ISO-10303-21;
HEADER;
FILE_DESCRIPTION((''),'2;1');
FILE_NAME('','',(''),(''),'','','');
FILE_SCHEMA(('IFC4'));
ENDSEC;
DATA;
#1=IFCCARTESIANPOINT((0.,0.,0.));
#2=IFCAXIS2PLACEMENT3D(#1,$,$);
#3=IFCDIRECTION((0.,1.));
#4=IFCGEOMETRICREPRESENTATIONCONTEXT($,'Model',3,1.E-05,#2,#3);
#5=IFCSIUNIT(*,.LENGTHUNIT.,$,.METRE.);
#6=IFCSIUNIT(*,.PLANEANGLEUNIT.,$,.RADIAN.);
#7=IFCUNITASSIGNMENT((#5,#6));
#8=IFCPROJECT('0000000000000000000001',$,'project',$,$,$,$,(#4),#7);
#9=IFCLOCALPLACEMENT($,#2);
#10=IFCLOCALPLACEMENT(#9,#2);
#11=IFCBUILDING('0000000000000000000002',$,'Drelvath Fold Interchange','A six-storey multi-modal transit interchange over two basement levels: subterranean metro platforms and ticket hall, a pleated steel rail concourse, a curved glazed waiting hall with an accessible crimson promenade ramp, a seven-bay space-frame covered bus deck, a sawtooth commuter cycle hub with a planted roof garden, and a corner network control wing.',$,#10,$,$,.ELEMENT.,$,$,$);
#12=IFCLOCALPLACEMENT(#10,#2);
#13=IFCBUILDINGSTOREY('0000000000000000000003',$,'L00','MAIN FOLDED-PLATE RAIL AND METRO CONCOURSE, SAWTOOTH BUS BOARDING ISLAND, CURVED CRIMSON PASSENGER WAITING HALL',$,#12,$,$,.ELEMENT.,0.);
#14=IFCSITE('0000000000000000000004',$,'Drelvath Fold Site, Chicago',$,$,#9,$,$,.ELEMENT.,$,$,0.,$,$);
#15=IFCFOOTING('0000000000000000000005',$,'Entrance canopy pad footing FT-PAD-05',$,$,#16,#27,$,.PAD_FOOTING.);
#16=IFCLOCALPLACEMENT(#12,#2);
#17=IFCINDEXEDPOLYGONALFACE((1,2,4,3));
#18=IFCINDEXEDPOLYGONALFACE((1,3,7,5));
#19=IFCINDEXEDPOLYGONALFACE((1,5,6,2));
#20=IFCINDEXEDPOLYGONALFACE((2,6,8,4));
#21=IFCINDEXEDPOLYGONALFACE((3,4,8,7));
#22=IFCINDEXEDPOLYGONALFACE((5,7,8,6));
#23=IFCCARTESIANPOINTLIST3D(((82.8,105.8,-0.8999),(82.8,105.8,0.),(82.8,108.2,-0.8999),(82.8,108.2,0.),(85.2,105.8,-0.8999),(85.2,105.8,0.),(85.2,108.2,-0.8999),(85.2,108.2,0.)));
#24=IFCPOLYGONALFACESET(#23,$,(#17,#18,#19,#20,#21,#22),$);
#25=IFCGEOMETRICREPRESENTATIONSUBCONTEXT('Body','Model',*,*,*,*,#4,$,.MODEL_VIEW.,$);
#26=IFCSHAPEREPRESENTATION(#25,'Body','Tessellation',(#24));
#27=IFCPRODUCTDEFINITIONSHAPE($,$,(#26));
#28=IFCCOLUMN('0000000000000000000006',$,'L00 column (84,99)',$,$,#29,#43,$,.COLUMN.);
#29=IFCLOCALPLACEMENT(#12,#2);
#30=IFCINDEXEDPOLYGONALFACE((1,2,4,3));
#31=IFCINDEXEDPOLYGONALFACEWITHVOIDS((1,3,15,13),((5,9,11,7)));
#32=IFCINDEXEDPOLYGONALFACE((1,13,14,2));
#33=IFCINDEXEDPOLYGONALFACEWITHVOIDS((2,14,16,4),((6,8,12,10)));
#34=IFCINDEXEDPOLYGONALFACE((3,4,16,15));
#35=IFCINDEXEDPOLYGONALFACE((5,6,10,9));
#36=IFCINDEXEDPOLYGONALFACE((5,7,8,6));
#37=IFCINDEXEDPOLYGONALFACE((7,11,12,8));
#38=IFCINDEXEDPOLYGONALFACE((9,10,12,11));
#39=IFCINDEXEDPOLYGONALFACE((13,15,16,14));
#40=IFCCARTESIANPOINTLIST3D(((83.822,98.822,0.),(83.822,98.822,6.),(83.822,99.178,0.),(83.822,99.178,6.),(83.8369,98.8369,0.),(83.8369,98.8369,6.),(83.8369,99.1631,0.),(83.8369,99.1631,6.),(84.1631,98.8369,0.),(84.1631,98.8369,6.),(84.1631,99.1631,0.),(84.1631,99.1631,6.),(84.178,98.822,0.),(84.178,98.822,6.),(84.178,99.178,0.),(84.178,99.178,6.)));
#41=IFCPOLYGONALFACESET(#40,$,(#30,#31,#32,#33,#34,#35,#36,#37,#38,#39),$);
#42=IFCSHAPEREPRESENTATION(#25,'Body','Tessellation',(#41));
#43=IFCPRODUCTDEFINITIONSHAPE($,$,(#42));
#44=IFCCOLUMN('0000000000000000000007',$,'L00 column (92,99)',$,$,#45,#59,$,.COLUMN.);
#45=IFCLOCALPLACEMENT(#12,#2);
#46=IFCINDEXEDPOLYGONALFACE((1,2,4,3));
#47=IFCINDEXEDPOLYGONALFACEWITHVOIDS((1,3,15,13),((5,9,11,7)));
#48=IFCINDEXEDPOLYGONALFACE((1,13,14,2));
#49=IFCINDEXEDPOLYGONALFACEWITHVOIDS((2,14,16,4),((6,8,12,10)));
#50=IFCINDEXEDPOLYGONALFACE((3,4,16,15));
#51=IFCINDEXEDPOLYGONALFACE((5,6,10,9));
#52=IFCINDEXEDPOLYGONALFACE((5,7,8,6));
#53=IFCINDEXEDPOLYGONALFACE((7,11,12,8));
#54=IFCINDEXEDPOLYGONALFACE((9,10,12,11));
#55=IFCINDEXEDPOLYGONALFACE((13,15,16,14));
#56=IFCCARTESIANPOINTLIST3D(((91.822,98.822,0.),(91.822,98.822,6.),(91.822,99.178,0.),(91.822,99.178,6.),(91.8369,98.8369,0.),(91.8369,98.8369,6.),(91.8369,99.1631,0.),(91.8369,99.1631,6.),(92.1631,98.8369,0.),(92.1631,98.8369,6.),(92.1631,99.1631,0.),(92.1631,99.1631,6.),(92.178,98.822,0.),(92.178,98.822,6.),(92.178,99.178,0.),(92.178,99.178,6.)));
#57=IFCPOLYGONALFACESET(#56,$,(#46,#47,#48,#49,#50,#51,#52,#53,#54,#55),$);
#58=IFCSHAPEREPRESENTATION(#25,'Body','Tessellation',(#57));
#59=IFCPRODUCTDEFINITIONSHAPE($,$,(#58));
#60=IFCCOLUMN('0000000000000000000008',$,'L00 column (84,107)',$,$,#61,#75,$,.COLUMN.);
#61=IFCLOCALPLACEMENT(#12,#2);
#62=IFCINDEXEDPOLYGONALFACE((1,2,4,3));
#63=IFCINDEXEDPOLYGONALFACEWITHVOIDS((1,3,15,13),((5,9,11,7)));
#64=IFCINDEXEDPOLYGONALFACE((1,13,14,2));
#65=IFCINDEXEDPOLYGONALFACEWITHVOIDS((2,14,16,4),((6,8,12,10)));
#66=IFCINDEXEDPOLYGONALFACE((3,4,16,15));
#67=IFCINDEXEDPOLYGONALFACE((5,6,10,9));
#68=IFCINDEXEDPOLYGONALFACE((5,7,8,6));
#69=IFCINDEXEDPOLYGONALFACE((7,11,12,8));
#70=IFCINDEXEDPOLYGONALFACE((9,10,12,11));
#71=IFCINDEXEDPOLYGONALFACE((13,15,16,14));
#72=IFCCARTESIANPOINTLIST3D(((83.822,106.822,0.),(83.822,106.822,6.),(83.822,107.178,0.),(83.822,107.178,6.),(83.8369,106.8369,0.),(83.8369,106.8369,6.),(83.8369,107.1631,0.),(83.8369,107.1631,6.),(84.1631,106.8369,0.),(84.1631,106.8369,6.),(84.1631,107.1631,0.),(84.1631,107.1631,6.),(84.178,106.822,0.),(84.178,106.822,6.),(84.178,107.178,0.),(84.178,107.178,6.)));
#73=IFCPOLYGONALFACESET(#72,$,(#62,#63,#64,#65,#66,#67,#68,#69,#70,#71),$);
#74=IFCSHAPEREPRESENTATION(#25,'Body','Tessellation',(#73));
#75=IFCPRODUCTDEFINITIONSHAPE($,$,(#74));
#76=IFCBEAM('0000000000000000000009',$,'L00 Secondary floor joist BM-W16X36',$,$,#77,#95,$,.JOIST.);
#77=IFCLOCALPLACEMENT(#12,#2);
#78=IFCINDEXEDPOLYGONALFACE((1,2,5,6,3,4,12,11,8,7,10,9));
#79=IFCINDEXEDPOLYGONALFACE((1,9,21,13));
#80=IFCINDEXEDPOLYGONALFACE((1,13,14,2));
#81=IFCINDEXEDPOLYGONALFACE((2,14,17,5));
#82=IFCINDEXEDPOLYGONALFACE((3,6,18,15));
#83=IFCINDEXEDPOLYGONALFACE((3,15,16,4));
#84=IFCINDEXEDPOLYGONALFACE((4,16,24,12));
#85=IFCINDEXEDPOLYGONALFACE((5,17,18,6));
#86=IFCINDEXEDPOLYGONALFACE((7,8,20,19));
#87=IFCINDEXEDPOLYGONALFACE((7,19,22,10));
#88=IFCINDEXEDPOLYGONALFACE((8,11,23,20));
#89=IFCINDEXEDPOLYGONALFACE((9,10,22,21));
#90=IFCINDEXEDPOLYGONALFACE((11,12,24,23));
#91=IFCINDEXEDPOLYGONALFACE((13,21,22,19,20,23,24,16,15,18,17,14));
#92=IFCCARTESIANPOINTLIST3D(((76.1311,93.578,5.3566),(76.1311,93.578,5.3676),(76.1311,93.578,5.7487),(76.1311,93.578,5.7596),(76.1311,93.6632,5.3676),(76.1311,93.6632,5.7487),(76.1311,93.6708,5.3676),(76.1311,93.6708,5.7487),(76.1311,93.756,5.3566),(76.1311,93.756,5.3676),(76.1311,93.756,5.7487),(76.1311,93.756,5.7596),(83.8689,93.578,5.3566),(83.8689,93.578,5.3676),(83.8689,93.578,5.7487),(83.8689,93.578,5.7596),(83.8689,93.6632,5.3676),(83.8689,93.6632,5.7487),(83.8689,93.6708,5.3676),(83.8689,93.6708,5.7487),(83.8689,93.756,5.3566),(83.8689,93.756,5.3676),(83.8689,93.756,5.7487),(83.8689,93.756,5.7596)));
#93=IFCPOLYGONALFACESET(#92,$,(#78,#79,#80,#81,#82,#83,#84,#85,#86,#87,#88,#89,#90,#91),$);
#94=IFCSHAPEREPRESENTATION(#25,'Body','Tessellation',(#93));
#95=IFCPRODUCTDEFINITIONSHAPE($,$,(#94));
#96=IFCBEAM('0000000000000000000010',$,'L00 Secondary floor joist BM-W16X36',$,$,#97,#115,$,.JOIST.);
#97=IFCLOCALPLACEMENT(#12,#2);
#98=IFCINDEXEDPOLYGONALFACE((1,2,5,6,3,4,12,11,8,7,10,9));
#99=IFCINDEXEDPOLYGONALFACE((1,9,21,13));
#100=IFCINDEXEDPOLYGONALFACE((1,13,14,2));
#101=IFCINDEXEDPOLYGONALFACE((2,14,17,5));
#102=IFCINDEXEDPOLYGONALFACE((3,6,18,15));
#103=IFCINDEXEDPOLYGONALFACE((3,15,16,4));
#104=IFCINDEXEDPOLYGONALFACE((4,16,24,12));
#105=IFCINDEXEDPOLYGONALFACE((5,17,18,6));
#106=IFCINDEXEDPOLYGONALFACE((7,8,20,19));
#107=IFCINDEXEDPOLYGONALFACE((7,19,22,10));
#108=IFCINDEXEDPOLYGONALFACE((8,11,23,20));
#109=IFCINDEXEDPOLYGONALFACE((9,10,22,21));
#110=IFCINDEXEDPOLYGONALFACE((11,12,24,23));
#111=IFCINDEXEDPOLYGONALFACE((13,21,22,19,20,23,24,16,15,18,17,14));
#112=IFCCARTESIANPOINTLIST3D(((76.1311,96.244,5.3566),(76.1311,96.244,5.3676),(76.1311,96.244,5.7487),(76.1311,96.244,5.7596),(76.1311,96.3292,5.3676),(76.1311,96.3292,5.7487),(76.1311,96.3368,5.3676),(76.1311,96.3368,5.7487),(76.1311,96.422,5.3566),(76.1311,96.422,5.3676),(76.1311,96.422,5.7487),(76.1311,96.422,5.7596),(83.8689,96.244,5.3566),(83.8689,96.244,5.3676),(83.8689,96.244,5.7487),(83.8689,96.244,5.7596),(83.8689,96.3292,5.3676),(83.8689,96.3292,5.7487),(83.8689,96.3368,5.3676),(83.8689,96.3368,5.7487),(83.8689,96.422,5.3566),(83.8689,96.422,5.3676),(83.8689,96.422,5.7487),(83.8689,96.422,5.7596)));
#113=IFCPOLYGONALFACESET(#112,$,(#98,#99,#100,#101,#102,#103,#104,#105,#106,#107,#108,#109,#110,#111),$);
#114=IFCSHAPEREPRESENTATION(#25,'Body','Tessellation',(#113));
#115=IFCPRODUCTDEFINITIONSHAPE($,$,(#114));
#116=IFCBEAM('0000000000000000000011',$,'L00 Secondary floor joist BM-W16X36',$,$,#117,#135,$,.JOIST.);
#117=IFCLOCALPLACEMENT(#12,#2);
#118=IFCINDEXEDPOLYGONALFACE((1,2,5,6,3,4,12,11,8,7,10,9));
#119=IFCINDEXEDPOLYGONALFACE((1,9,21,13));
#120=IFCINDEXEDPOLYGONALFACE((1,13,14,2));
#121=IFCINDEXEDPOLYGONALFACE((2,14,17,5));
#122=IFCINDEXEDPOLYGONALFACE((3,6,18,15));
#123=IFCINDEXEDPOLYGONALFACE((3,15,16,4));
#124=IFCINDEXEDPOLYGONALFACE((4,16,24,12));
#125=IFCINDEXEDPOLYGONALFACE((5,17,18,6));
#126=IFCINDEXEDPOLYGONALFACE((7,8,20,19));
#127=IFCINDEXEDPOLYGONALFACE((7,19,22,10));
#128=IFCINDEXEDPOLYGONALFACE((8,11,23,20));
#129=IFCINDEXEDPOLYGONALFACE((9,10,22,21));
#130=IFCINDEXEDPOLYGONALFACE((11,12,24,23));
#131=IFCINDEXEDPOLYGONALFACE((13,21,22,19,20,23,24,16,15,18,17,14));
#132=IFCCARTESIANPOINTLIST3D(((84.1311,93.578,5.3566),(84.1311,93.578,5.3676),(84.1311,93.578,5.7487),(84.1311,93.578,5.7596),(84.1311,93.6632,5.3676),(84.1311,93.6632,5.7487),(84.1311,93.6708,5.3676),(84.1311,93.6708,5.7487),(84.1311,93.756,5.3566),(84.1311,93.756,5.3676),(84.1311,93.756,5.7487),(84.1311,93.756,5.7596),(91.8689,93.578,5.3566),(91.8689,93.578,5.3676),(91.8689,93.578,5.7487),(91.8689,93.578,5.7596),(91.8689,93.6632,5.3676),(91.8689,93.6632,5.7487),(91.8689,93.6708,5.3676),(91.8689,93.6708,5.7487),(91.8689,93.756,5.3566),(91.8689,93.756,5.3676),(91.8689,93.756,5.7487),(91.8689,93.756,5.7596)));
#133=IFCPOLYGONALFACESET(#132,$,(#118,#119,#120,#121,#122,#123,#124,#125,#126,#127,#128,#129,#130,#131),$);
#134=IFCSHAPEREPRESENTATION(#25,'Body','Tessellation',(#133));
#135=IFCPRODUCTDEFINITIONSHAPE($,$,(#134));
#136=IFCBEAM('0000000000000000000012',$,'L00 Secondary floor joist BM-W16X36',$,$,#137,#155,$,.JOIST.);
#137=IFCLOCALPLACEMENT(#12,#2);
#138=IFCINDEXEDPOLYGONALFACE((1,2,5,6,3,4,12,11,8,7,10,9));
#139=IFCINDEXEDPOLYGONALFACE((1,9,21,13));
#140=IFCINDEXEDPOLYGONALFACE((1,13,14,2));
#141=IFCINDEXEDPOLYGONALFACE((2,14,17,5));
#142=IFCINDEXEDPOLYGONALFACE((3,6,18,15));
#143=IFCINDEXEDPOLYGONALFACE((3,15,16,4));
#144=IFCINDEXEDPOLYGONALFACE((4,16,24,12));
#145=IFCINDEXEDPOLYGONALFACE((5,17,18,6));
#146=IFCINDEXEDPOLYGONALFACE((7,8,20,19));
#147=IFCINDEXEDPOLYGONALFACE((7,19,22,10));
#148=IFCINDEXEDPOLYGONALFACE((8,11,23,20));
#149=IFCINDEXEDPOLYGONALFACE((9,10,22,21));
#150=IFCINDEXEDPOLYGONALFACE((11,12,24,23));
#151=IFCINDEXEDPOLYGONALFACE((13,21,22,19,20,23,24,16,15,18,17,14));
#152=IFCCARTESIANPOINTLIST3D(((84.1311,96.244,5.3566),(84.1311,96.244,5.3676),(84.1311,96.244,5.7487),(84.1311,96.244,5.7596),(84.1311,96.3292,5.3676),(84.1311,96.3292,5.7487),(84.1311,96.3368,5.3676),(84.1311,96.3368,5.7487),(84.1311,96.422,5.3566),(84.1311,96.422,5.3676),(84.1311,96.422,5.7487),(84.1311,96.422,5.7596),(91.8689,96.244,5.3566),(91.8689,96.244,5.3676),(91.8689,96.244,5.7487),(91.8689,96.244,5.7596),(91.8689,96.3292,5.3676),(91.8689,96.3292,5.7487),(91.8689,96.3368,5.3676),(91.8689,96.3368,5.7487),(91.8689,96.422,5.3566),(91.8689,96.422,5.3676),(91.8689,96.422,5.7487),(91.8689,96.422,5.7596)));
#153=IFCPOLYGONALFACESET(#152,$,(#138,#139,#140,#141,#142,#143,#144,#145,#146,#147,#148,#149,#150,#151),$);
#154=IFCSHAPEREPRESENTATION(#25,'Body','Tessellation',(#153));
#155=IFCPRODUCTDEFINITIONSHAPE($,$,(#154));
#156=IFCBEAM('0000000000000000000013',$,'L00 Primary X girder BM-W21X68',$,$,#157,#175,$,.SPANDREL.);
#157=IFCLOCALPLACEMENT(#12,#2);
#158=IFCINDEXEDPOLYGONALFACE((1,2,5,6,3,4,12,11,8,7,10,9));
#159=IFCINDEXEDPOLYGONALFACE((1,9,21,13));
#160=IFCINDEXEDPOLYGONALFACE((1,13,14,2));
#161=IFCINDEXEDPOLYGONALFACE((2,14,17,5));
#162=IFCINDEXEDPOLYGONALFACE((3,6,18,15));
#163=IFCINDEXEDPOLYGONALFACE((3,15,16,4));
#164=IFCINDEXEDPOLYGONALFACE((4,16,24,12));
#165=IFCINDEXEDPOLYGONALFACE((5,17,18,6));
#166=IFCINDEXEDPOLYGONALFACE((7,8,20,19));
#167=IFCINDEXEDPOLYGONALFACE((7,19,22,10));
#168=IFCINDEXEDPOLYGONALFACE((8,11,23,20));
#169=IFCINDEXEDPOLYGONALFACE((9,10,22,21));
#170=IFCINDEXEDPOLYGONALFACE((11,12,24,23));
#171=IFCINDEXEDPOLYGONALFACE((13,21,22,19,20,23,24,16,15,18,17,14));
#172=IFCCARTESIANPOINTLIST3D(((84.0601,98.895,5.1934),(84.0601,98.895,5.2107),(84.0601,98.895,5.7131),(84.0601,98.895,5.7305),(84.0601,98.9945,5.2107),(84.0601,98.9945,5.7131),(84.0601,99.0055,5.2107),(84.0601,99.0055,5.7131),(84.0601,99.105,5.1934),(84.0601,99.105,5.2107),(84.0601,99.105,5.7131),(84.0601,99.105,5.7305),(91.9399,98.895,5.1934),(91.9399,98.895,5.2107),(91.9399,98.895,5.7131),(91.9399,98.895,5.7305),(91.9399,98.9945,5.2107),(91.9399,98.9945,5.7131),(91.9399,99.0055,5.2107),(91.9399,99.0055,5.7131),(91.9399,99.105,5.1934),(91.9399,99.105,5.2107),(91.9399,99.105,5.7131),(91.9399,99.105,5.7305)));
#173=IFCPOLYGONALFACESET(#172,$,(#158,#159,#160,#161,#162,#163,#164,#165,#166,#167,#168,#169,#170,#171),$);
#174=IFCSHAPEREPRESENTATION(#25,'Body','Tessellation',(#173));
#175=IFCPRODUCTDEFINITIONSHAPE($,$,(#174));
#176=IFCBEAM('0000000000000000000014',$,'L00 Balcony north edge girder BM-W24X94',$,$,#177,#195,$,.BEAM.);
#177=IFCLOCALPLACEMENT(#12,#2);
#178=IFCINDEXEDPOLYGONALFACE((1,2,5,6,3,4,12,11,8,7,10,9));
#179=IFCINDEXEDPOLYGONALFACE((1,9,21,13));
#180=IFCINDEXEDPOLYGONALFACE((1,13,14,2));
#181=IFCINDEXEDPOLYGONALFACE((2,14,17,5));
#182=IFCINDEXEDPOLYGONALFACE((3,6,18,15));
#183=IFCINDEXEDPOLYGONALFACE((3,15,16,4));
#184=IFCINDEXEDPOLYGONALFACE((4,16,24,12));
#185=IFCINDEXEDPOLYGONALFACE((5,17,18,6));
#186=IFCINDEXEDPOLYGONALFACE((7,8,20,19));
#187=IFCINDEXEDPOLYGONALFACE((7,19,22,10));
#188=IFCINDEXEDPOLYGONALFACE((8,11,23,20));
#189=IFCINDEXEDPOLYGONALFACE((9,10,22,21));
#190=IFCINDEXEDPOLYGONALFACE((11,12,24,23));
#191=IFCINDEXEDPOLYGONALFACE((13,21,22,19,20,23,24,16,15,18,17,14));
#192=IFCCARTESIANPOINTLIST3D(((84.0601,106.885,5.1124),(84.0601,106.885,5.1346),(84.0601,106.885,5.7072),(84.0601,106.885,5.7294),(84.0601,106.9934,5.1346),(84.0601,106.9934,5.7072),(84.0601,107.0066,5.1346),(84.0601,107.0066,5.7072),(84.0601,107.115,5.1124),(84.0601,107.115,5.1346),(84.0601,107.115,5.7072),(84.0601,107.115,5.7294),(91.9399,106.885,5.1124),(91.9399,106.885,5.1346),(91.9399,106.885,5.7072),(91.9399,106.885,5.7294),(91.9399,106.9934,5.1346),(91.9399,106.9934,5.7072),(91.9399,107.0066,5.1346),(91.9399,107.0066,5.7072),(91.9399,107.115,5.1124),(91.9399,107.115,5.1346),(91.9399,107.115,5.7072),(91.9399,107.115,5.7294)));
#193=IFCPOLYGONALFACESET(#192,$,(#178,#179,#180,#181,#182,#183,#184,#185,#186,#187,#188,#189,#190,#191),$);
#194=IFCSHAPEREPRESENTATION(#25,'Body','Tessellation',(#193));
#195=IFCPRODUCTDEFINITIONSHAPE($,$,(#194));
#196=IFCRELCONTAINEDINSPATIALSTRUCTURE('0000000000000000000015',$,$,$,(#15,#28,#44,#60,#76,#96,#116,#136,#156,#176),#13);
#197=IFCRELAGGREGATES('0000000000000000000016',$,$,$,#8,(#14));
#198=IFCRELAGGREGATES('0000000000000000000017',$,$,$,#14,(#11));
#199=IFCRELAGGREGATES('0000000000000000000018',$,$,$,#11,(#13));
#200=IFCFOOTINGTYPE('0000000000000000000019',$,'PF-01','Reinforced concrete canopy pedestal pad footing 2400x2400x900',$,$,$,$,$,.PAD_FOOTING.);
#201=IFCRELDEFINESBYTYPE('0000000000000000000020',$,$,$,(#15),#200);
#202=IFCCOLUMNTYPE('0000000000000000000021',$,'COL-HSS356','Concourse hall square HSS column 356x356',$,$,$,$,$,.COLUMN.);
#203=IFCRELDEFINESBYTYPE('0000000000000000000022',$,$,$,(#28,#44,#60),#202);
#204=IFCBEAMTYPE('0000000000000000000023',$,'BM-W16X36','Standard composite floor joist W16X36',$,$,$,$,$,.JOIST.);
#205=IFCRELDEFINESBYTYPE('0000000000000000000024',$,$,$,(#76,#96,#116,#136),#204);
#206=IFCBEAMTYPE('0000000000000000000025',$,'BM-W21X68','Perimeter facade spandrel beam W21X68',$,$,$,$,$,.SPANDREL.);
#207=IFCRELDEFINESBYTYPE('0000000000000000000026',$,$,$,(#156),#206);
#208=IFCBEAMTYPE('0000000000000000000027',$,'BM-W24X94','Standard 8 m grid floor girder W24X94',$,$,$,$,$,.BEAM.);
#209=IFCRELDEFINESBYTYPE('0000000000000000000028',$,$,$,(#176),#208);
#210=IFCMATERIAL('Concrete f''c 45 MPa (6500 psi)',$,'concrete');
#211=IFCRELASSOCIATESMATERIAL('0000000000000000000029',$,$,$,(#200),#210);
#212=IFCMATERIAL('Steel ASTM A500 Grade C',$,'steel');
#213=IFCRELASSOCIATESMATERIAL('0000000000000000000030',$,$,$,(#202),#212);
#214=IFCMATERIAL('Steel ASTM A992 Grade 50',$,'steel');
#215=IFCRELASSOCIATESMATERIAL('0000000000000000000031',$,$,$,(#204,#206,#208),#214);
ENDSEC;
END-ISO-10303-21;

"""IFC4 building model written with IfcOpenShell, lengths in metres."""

from ifc_helpers import new_model, si_unit, direction, frame, origin, origin_2d, place, context, subcontext, project, spatial, rectangle, hollow_rectangle, i_section, extrude, material, material_profile, profile_set, type_object, element, save


model = new_model("IFC4")

# Units and contexts
model_context = context("Model", 3, precision=1e-05, world=origin(), true_north=direction((0.0, 1.0)))
body_context = subcontext(model_context, "Body", "Model", "MODEL_VIEW")
ifc_project = project(units=[si_unit("LENGTHUNIT", "METRE"), si_unit("PLANEANGLEUNIT", "RADIAN")], contexts=[model_context])

# Site, building, storey
site_placement = place(None, origin())
site = spatial("IfcSite", under=ifc_project, at=site_placement, Name="Drelvath Fold Site, Chicago", CompositionType="ELEMENT", RefElevation=0.0)
building_placement = place(site_placement, origin())
building = spatial("IfcBuilding", under=site, at=building_placement, Name="Drelvath Fold Interchange", Description="A six-storey multi-modal transit interchange over two basement levels: subterranean metro platforms and ticket hall, a pleated steel rail concourse, a curved glazed waiting hall with an accessible crimson promenade ramp, a seven-bay space-frame covered bus deck, a sawtooth commuter cycle hub with a planted roof garden, and a corner network control wing.", CompositionType="ELEMENT")
storey_placement = place(building_placement, origin())
storey = spatial("IfcBuildingStorey", under=building, at=storey_placement, Name="L00", Description="MAIN FOLDED-PLATE RAIL AND METRO CONCOURSE, SAWTOOTH BUS BOARDING ISLAND, CURVED CRIMSON PASSENGER WAITING HALL", CompositionType="ELEMENT", Elevation=0.0)

# Footing
ifc_material_1 = material(Name="Concrete f'c 45 MPa (6500 psi)", Category="concrete")
footing_type = type_object("IfcFootingType", Name="PF-01", Description="Reinforced concrete canopy pedestal pad footing 2400x2400x900", PredefinedType="PAD_FOOTING", material=ifc_material_1)
footing_placement = place(storey_placement, frame((84.0, 107.0, -0.8999), z_axis=(0.0, 0.0, 1.0), x_axis=(1.0, 0.0, 0.0)))
element("IfcFooting", 1, at=footing_placement, inside=storey, type_object=footing_type, Name="Entrance canopy pad footing FT-PAD-05", PredefinedType="PAD_FOOTING", context=body_context, shape_type="SweptSolid", body=[
    extrude(rectangle(XDim=2.3999, YDim=2.3999, at=origin_2d()), origin(), (0.0, 0.0, 1.0), 0.8999),
])

# Columns
ifc_material_2 = material(Name="Steel ASTM A500 Grade C", Category="steel")
ifc_material_profile_1 = material_profile(ifc_material_2, hollow_rectangle(XDim=0.356, YDim=0.356, WallThickness=0.0149, at=origin_2d()), Name="HSS14X14X5/8")
ifc_profile_set_1 = profile_set([ifc_material_profile_1], Name="Steel ASTM A500 Grade C")
column_type = type_object("IfcColumnType", Name="COL-HSS356", Description="Concourse hall square HSS column 356x356", PredefinedType="COLUMN", material=ifc_profile_set_1)
for number, where, z_axis, x_axis, name in (
    (2, (84.0, 99.0, 0.0), (0.0, 0.0, 1.0), (1.0, 0.0, 0.0), "L00 column (84,99)"),
    (3, (92.0, 99.0, 0.0), (0.0, 0.0, 1.0), (1.0, 0.0, 0.0), "L00 column (92,99)"),
    (4, (84.0, 107.0, 0.0), (0.0, 0.0, 1.0), (1.0, 0.0, 0.0), "L00 column (84,107)"),
):
    element("IfcColumn", number, at=place(storey_placement, frame(where, z_axis=z_axis, x_axis=x_axis)), inside=storey, type_object=column_type, Name=name, PredefinedType="COLUMN", context=body_context, shape_type="SweptSolid", body=[
        extrude(hollow_rectangle(XDim=0.356, YDim=0.356, WallThickness=0.0149, at=origin_2d()), origin(), (0.0, 0.0, 1.0), 6.0),
    ])

# Beams
ifc_material_3 = material(Name="Steel ASTM A992 Grade 50", Category="steel")
ifc_material_profile_2 = material_profile(ifc_material_3, i_section(OverallWidth=0.178, OverallDepth=0.4031, WebThickness=0.0076, FlangeThickness=0.011, at=origin_2d()), Name="W16X36")
ifc_profile_set_2 = profile_set([ifc_material_profile_2], Name="Steel ASTM A992 Grade 50")
beam_type_1 = type_object("IfcBeamType", Name="BM-W16X36", Description="Standard composite floor joist W16X36", PredefinedType="JOIST", material=ifc_profile_set_2)
for number, where, z_axis, x_axis, name in (
    (5, (76.1311, 93.667, 5.5581), (1.0, 0.0, 0.0), (0.0, 1.0, 0.0), "L00 Secondary floor joist BM-W16X36"),
    (6, (76.1311, 96.333, 5.5581), (1.0, 0.0, 0.0), (0.0, 1.0, 0.0), "L00 Secondary floor joist BM-W16X36"),
    (7, (84.1311, 93.667, 5.5581), (1.0, 0.0, 0.0), (0.0, 1.0, 0.0), "L00 Secondary floor joist BM-W16X36"),
    (8, (84.1311, 96.333, 5.5581), (1.0, 0.0, 0.0), (0.0, 1.0, 0.0), "L00 Secondary floor joist BM-W16X36"),
):
    element("IfcBeam", number, at=place(storey_placement, frame(where, z_axis=z_axis, x_axis=x_axis)), inside=storey, type_object=beam_type_1, Name=name, PredefinedType="JOIST", context=body_context, shape_type="SweptSolid", body=[
        extrude(i_section(OverallWidth=0.178, OverallDepth=0.4031, WebThickness=0.0076, FlangeThickness=0.011, at=origin_2d()), origin(), (0.0, 0.0, 1.0), 7.7378),
    ])
ifc_material_profile_3 = material_profile(ifc_material_3, i_section(OverallWidth=0.21, OverallDepth=0.5371, WebThickness=0.011, FlangeThickness=0.0173, at=origin_2d()), Name="W21X68")
ifc_profile_set_3 = profile_set([ifc_material_profile_3], Name="Steel ASTM A992 Grade 50")
beam_type_2 = type_object("IfcBeamType", Name="BM-W21X68", Description="Perimeter facade spandrel beam W21X68", PredefinedType="SPANDREL", material=ifc_profile_set_3)
beam_placement = place(storey_placement, frame((84.0601, 99.0, 5.4619), z_axis=(1.0, 0.0, 0.0), x_axis=(0.0, 1.0, 0.0)))
element("IfcBeam", 9, at=beam_placement, inside=storey, type_object=beam_type_2, Name="L00 Primary X girder BM-W21X68", PredefinedType="SPANDREL", context=body_context, shape_type="SweptSolid", body=[
    extrude(i_section(OverallWidth=0.21, OverallDepth=0.5371, WebThickness=0.011, FlangeThickness=0.0173, at=origin_2d()), origin(), (0.0, 0.0, 1.0), 7.8799),
])
ifc_material_profile_4 = material_profile(ifc_material_3, i_section(OverallWidth=0.23, OverallDepth=0.6169, WebThickness=0.0132, FlangeThickness=0.0222, at=origin_2d()), Name="W24X94")
ifc_profile_set_4 = profile_set([ifc_material_profile_4], Name="Steel ASTM A992 Grade 50")
beam_type_3 = type_object("IfcBeamType", Name="BM-W24X94", Description="Standard 8 m grid floor girder W24X94", PredefinedType="BEAM", material=ifc_profile_set_4)
for number, where, z_axis, x_axis, name in (
    (10, (84.0601, 107.0, 5.4209), (1.0, 0.0, 0.0), (0.0, 1.0, 0.0), "L00 Balcony north edge girder BM-W24X94"),
):
    element("IfcBeam", number, at=place(storey_placement, frame(where, z_axis=z_axis, x_axis=x_axis)), inside=storey, type_object=beam_type_3, Name=name, PredefinedType="BEAM", context=body_context, shape_type="SweptSolid", body=[
        extrude(i_section(OverallWidth=0.23, OverallDepth=0.6169, WebThickness=0.0132, FlangeThickness=0.0222, at=origin_2d()), origin(), (0.0, 0.0, 1.0), 7.8799),
    ])

save(model, "model.ifc")
